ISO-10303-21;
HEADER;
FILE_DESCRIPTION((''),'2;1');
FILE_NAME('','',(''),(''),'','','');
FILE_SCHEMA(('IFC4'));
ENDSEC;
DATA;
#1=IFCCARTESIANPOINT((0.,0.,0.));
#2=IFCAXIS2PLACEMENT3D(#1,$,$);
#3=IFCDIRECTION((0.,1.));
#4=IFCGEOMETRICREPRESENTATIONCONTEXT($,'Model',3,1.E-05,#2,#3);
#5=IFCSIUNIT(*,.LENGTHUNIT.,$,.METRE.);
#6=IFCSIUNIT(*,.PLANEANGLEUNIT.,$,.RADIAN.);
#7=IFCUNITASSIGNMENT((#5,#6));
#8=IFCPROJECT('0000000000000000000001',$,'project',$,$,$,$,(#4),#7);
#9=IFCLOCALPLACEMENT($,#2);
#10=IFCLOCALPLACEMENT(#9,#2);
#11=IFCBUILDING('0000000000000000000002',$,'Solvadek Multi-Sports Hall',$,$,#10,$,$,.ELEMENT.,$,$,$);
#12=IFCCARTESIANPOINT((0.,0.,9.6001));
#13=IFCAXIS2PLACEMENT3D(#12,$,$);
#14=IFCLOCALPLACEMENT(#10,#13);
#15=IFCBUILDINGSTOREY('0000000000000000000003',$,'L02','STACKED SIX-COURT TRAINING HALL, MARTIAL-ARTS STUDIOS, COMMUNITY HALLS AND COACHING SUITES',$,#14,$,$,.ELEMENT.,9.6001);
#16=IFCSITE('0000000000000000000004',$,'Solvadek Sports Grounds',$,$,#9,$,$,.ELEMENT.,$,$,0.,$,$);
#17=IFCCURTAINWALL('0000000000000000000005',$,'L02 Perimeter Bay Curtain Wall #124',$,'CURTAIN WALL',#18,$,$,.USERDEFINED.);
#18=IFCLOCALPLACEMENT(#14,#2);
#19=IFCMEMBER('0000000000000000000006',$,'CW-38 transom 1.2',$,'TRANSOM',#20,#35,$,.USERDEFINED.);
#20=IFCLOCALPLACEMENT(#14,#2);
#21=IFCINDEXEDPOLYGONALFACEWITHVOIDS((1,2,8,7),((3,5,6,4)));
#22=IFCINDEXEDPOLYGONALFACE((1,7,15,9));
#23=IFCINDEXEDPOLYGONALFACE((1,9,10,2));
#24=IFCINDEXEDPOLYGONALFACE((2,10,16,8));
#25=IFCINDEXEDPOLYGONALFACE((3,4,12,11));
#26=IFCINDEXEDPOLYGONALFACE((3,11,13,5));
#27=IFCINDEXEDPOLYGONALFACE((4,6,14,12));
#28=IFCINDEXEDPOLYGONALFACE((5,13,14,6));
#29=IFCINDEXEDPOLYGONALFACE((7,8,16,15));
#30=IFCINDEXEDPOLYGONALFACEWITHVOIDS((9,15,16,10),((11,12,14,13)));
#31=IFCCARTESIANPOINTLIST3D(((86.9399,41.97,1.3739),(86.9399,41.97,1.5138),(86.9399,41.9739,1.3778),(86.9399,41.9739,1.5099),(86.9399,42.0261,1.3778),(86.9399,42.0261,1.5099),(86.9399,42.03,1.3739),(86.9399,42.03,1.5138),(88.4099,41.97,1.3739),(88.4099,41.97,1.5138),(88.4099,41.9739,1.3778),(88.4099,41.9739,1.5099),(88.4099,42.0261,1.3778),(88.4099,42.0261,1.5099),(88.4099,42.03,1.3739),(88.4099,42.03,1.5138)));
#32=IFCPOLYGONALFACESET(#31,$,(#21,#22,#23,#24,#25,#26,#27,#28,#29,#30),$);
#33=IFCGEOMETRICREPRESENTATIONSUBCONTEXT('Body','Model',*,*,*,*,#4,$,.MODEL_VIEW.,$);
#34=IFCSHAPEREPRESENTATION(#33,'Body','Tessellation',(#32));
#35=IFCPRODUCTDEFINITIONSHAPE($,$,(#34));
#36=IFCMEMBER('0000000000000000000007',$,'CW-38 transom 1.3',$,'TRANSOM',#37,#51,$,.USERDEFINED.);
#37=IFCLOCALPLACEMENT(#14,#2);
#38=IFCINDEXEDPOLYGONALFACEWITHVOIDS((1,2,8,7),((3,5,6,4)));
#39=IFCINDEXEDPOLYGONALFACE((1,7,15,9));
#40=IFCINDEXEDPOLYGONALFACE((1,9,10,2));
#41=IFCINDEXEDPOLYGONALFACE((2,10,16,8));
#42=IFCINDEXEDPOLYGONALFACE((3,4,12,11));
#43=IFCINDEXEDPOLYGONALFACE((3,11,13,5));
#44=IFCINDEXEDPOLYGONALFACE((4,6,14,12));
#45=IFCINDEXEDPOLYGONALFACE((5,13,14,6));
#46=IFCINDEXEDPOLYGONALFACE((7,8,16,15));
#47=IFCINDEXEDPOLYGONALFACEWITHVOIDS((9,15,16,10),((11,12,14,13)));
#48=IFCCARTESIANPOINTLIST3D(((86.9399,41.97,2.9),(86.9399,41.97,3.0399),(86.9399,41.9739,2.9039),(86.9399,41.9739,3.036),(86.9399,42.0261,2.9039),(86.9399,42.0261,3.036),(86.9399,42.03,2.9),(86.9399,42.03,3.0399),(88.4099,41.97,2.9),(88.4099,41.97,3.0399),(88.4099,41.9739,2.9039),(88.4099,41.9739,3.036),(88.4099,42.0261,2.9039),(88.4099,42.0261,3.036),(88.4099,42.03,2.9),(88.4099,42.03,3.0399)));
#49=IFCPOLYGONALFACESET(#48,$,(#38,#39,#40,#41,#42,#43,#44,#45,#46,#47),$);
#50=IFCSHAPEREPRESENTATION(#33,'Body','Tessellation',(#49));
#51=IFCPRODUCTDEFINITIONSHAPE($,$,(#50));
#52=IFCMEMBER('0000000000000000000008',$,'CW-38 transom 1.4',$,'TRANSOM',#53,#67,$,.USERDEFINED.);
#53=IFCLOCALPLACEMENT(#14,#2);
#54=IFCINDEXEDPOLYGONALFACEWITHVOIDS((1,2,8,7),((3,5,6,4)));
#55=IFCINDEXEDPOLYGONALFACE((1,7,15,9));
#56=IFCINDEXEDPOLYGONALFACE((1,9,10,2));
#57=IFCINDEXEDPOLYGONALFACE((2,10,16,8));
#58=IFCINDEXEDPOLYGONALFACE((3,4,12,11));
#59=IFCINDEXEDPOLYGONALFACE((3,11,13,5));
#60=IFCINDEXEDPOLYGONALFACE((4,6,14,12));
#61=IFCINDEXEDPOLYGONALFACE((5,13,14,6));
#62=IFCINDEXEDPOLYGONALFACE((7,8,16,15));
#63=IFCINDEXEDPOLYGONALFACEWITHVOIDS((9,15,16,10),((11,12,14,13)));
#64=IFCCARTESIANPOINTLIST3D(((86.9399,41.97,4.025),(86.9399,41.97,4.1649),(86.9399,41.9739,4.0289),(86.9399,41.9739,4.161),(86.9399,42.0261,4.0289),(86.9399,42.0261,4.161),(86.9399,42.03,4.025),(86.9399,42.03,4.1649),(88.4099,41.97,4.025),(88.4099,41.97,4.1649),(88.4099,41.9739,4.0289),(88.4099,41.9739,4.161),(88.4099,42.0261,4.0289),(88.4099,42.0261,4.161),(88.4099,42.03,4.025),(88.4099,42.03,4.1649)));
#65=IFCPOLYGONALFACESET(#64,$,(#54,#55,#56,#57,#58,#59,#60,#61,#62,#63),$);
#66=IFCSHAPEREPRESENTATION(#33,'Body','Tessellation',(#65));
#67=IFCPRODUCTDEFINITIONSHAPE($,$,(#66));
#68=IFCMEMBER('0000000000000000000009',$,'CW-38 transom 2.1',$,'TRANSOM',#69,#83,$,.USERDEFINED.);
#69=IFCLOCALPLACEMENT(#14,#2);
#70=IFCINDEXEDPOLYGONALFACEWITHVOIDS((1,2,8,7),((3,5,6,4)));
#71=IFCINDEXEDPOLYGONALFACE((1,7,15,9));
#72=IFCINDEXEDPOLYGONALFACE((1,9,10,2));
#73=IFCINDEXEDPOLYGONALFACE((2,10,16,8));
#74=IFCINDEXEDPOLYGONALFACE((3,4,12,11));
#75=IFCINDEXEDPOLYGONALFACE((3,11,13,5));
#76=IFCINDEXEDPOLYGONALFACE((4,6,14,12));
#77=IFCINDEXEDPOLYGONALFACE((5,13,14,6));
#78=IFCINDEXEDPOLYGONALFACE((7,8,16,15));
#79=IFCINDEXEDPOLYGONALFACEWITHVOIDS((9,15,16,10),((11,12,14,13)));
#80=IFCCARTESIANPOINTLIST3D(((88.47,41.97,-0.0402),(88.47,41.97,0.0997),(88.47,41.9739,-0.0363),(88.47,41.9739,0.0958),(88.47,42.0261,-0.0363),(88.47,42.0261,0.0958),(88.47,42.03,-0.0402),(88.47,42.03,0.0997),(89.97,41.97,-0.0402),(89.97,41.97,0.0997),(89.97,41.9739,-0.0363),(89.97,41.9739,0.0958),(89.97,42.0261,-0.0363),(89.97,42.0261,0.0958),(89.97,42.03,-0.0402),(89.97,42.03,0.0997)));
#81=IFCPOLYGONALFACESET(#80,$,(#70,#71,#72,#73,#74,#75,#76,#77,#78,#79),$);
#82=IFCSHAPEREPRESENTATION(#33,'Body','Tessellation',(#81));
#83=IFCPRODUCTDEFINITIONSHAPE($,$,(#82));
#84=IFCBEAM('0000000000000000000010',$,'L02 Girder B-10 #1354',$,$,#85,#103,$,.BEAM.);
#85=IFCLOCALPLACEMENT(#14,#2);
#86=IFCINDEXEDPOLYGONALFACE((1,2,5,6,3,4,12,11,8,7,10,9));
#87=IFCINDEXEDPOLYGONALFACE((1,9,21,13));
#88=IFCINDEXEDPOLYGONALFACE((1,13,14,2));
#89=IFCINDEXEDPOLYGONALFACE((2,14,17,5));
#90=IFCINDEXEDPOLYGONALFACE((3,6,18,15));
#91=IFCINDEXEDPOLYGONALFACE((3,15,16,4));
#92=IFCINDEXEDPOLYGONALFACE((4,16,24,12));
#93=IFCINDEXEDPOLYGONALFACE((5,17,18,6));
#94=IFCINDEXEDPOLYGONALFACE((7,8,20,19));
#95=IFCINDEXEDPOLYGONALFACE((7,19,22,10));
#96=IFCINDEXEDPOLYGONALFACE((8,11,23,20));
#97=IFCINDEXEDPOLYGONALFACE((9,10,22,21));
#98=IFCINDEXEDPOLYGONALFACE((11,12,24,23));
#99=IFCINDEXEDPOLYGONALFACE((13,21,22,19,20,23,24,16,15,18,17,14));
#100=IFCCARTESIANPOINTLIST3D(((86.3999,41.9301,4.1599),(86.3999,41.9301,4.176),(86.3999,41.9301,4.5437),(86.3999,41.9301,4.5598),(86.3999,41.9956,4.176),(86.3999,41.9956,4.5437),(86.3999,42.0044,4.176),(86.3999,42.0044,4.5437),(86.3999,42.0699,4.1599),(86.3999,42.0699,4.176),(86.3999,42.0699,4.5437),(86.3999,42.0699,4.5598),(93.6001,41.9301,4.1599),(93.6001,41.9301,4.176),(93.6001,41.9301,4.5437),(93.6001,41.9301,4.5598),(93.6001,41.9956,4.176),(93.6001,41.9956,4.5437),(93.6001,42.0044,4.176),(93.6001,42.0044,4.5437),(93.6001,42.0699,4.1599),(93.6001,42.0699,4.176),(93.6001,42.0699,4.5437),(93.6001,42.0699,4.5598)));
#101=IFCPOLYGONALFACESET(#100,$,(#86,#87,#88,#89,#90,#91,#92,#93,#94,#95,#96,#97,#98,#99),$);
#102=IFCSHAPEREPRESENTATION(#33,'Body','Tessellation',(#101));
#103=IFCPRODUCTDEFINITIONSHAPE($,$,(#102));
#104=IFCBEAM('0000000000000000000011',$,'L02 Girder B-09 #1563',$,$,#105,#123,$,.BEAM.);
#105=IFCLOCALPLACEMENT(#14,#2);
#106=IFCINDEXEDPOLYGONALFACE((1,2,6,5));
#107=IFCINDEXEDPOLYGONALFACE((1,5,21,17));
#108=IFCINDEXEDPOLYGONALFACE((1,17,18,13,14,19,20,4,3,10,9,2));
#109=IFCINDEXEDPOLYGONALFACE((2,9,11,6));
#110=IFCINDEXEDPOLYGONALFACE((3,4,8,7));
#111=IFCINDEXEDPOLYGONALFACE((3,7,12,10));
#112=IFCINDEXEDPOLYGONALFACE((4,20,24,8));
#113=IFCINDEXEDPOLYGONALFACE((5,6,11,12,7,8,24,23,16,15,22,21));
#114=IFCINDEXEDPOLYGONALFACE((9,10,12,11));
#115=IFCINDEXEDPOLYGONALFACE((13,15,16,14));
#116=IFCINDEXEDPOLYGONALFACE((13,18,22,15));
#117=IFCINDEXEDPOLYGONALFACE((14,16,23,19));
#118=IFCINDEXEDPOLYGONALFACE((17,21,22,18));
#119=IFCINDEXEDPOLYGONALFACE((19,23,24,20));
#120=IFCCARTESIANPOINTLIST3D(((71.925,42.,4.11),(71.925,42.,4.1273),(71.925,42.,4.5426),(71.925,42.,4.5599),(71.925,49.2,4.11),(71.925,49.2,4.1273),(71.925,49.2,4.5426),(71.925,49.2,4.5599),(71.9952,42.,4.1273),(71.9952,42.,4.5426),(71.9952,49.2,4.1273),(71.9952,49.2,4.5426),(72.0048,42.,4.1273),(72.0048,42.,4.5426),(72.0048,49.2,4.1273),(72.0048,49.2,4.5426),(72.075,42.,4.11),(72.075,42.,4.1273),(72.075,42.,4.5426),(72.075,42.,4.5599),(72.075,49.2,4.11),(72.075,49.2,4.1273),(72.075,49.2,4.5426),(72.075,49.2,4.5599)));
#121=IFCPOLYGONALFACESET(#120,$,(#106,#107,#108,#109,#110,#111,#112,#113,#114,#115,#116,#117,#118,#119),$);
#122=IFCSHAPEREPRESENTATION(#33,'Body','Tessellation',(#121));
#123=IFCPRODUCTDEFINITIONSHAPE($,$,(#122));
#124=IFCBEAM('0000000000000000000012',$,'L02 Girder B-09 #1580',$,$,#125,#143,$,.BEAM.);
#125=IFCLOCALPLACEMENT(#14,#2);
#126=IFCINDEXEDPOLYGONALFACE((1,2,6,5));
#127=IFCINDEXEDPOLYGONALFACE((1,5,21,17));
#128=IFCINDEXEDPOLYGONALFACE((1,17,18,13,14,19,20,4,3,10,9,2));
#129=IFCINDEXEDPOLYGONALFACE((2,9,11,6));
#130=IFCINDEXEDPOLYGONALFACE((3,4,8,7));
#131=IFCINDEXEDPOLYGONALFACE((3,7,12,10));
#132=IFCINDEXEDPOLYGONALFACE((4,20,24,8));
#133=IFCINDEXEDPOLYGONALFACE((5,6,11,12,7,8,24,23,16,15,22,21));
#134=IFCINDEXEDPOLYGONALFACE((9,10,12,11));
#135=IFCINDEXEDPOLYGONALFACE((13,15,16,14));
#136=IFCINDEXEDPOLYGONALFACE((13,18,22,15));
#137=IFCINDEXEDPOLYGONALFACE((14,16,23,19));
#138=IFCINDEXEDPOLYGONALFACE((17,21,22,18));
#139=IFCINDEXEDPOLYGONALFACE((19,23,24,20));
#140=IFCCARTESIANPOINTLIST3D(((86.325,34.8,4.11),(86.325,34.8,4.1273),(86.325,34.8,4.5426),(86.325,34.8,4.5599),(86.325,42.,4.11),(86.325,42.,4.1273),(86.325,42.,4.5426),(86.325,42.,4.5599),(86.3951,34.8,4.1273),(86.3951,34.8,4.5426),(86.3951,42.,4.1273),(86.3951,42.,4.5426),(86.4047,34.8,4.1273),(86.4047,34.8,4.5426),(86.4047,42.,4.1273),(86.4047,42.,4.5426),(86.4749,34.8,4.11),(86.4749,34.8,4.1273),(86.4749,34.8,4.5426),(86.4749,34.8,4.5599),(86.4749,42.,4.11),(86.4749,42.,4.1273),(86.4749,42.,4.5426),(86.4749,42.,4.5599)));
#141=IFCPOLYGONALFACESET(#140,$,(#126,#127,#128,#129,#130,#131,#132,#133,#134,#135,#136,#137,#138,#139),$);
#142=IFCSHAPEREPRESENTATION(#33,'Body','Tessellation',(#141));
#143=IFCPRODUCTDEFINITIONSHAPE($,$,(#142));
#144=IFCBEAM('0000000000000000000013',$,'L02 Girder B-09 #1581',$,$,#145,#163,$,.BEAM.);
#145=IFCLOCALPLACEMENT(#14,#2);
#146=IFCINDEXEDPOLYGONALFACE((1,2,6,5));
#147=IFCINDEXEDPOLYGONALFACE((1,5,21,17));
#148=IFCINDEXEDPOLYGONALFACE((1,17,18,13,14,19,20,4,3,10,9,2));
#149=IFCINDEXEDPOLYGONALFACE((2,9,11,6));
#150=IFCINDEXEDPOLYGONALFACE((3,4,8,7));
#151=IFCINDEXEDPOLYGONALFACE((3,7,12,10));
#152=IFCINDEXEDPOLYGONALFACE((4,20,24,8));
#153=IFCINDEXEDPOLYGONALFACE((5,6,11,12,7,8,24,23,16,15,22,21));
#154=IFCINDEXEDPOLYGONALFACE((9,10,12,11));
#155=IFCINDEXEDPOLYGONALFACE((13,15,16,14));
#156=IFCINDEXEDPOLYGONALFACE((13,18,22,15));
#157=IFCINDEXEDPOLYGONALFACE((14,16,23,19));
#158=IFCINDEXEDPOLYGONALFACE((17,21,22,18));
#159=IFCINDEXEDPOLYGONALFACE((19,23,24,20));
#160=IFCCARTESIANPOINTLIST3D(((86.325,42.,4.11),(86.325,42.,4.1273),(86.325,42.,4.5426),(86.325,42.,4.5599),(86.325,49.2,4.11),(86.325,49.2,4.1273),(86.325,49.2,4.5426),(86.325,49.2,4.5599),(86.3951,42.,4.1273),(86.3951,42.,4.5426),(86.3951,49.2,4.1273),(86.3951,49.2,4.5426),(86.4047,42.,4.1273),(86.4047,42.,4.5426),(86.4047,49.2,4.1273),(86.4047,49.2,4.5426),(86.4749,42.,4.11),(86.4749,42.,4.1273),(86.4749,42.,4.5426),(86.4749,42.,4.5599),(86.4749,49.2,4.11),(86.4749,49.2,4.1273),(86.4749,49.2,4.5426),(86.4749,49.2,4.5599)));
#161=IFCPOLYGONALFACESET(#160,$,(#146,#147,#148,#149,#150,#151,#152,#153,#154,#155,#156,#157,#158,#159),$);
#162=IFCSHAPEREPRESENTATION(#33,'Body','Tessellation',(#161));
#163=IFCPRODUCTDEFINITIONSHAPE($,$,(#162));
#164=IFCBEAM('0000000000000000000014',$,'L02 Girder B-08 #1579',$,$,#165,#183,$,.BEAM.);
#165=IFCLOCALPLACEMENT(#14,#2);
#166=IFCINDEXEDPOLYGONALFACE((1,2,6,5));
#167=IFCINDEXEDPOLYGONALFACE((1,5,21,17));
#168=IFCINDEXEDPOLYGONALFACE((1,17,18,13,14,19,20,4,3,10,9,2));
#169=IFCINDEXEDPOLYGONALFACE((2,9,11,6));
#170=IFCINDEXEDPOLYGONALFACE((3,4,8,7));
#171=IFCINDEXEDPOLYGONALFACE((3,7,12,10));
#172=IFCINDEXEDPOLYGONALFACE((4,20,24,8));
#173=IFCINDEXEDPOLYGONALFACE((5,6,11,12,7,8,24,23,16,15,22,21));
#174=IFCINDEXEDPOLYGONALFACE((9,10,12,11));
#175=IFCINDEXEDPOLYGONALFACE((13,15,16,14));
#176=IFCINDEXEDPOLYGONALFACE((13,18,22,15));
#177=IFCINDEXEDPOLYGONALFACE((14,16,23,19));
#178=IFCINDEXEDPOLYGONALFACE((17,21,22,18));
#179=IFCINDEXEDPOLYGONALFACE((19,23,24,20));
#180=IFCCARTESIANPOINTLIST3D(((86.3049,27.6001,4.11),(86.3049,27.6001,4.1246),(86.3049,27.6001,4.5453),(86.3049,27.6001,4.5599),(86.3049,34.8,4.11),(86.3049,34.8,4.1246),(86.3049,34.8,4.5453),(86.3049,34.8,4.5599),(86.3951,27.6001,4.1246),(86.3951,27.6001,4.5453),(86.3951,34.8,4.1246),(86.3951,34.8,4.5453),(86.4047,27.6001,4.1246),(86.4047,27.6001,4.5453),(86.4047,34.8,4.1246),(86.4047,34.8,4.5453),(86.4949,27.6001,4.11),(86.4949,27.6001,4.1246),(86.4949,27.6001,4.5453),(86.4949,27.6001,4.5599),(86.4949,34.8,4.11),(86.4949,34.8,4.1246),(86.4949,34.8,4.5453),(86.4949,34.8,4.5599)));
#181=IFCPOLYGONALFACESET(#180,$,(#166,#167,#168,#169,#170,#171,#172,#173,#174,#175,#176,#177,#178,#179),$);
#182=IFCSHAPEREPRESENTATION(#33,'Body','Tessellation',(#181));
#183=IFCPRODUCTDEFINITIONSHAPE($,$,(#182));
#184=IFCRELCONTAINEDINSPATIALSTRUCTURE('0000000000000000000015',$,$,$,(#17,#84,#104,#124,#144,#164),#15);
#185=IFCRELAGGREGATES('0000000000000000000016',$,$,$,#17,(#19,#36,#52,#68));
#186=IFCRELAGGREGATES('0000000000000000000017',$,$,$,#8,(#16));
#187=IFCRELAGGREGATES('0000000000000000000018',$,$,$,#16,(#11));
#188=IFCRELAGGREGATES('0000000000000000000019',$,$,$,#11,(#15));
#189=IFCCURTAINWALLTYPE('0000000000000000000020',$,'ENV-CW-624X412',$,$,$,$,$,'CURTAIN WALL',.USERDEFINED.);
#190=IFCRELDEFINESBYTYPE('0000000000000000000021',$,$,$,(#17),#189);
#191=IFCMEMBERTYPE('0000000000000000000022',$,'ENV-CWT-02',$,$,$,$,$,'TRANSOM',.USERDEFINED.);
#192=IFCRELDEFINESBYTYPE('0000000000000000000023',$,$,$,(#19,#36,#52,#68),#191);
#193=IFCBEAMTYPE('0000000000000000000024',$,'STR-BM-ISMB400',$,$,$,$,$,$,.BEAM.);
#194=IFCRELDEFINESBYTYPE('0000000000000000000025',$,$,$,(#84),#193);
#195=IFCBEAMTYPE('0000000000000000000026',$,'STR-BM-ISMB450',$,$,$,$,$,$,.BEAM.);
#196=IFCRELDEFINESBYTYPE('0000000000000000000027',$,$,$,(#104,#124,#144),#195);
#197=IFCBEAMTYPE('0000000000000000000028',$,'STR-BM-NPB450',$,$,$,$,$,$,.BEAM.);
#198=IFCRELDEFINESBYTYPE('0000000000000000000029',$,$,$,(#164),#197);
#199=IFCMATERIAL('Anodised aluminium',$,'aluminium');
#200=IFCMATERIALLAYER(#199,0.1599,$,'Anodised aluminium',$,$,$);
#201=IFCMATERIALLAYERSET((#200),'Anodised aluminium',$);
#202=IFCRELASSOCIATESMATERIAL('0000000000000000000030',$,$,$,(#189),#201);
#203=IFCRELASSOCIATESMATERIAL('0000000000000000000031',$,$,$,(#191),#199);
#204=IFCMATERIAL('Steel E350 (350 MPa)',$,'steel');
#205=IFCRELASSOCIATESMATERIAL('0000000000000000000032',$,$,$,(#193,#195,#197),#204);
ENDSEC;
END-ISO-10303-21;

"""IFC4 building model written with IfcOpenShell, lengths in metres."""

from ifc_helpers import new_model, si_unit, direction, frame, origin, origin_2d, place, context, subcontext, project, spatial, hollow_rectangle, i_section, extrude, material, layer, layer_set, material_profile, profile_set, type_object, element, aggregate, save


model = new_model("IFC4")

# Units and contexts
model_context = context("Model", 3, precision=1e-05, world=origin(), true_north=direction((0.0, 1.0)))
body_context = subcontext(model_context, "Body", "Model", "MODEL_VIEW")
ifc_project = project(units=[si_unit("LENGTHUNIT", "METRE"), si_unit("PLANEANGLEUNIT", "RADIAN")], contexts=[model_context])

# Site, building, storey
site_placement = place(None, origin())
site = spatial("IfcSite", under=ifc_project, at=site_placement, Name="Solvadek Sports Grounds", CompositionType="ELEMENT", RefElevation=0.0)
building_placement = place(site_placement, origin())
building = spatial("IfcBuilding", under=site, at=building_placement, Name="Solvadek Multi-Sports Hall", CompositionType="ELEMENT")
storey_placement = place(building_placement, frame((0.0, 0.0, 9.6001)))
storey = spatial("IfcBuildingStorey", under=building, at=storey_placement, Name="L02", Description="STACKED SIX-COURT TRAINING HALL, MARTIAL-ARTS STUDIOS, COMMUNITY HALLS AND COACHING SUITES", CompositionType="ELEMENT", Elevation=9.6001)

# Shared definitions
ifc_material_1 = material(Name="Steel E350 (350 MPa)", Category="steel")

# Curtain wall, members
ifc_material_2 = material(Name="Anodised aluminium", Category="aluminium")
ifc_layer_1 = layer(ifc_material_2, 0.1599, Name="Anodised aluminium")
ifc_layer_set_1 = layer_set([ifc_layer_1], Name="Anodised aluminium")
curtain_wall_type = type_object("IfcCurtainWallType", Name="ENV-CW-624X412", ElementType="CURTAIN WALL", PredefinedType="USERDEFINED", material=ifc_layer_set_1)
curtain_wall_placement = place(storey_placement, origin())
curtain_wall = element("IfcCurtainWall", 1, at=curtain_wall_placement, inside=storey, type_object=curtain_wall_type, Name="L02 Perimeter Bay Curtain Wall #124", ObjectType="CURTAIN WALL", PredefinedType="USERDEFINED")
ifc_material_profile_1 = material_profile(ifc_material_2, hollow_rectangle(XDim=0.0601, YDim=0.1399, WallThickness=0.0039, at=origin_2d()), Name="ALU-T 140x60x4")
ifc_profile_set_1 = profile_set([ifc_material_profile_1], Name="Anodised aluminium")
member_type_1 = type_object("IfcMemberType", Name="ENV-CWT-02", ElementType="TRANSOM", PredefinedType="USERDEFINED", material=ifc_profile_set_1)
member_1_placement = place(storey_placement, frame((86.9399, 42.0, 1.4438), z_axis=(1.0, 0.0, 0.0), x_axis=(0.0, 1.0, 0.0)))
member_1 = element("IfcMember", 2, at=member_1_placement, type_object=member_type_1, Name="CW-38 transom 1.2", ObjectType="TRANSOM", PredefinedType="USERDEFINED", context=body_context, shape_type="SweptSolid", body=[
    extrude(hollow_rectangle(XDim=0.0601, YDim=0.1399, WallThickness=0.0039, at=origin_2d()), origin(), (0.0, 0.0, 1.0), 1.47),
])
member_2_placement = place(storey_placement, frame((86.9399, 42.0, 2.97), z_axis=(1.0, 0.0, 0.0), x_axis=(0.0, 1.0, 0.0)))
member_2 = element("IfcMember", 3, at=member_2_placement, type_object=member_type_1, Name="CW-38 transom 1.3", ObjectType="TRANSOM", PredefinedType="USERDEFINED", context=body_context, shape_type="SweptSolid", body=[
    extrude(hollow_rectangle(XDim=0.0601, YDim=0.1399, WallThickness=0.0039, at=origin_2d()), origin(), (0.0, 0.0, 1.0), 1.47),
])
member_3_placement = place(storey_placement, frame((86.9399, 42.0, 4.095), z_axis=(1.0, 0.0, 0.0), x_axis=(0.0, 1.0, 0.0)))
member_3 = element("IfcMember", 4, at=member_3_placement, type_object=member_type_1, Name="CW-38 transom 1.4", ObjectType="TRANSOM", PredefinedType="USERDEFINED", context=body_context, shape_type="SweptSolid", body=[
    extrude(hollow_rectangle(XDim=0.0601, YDim=0.1399, WallThickness=0.0039, at=origin_2d()), origin(), (0.0, 0.0, 1.0), 1.47),
])
member_4_placement = place(storey_placement, frame((88.47, 42.0, 0.0298), z_axis=(1.0, 0.0, 0.0), x_axis=(0.0, 1.0, 0.0)))
member_4 = element("IfcMember", 5, at=member_4_placement, type_object=member_type_1, Name="CW-38 transom 2.1", ObjectType="TRANSOM", PredefinedType="USERDEFINED", context=body_context, shape_type="SweptSolid", body=[
    extrude(hollow_rectangle(XDim=0.0601, YDim=0.1399, WallThickness=0.0039, at=origin_2d()), origin(), (0.0, 0.0, 1.0), 1.5),
])

# Beams
ifc_material_profile_2 = material_profile(ifc_material_1, i_section(OverallWidth=0.1399, OverallDepth=0.3999, WebThickness=0.0088, FlangeThickness=0.0161, at=origin_2d()), Name="ISMB 400")
ifc_profile_set_2 = profile_set([ifc_material_profile_2], Name="Steel E350 (350 MPa)")
beam_type_1 = type_object("IfcBeamType", Name="STR-BM-ISMB400", PredefinedType="BEAM", material=ifc_profile_set_2)
beam_1_placement = place(storey_placement, frame((86.3999, 42.0, 4.3599), z_axis=(1.0, 0.0, 0.0), x_axis=(0.0, 1.0, 0.0)))
element("IfcBeam", 6, at=beam_1_placement, inside=storey, type_object=beam_type_1, Name="L02 Girder B-10 #1354", PredefinedType="BEAM", context=body_context, shape_type="SweptSolid", body=[
    extrude(i_section(OverallWidth=0.1399, OverallDepth=0.3999, WebThickness=0.0088, FlangeThickness=0.0161, at=origin_2d()), origin(), (0.0, 0.0, 1.0), 7.2002),
])
ifc_material_profile_3 = material_profile(ifc_material_1, i_section(OverallWidth=0.1499, OverallDepth=0.45, WebThickness=0.0095, FlangeThickness=0.0173, at=origin_2d()), Name="ISMB 450")
ifc_profile_set_3 = profile_set([ifc_material_profile_3], Name="Steel E350 (350 MPa)")
beam_type_2 = type_object("IfcBeamType", Name="STR-BM-ISMB450", PredefinedType="BEAM", material=ifc_profile_set_3)
for number, where, z_axis, x_axis, name in (
    (7, (72.0, 42.0, 4.335), (0.0, 1.0, 0.0), (-1.0, 0.0, 0.0), "L02 Girder B-09 #1563"),
    (8, (86.3999, 34.8, 4.335), (0.0, 1.0, 0.0), (-1.0, 0.0, 0.0), "L02 Girder B-09 #1580"),
    (9, (86.3999, 42.0, 4.335), (0.0, 1.0, 0.0), (-1.0, 0.0, 0.0), "L02 Girder B-09 #1581"),
):
    element("IfcBeam", number, at=place(storey_placement, frame(where, z_axis=z_axis, x_axis=x_axis)), inside=storey, type_object=beam_type_2, Name=name, PredefinedType="BEAM", context=body_context, shape_type="SweptSolid", body=[
        extrude(i_section(OverallWidth=0.1499, OverallDepth=0.45, WebThickness=0.0095, FlangeThickness=0.0173, at=origin_2d()), origin(), (0.0, 0.0, 1.0), 7.2),
    ])
ifc_material_profile_4 = material_profile(ifc_material_1, i_section(OverallWidth=0.1899, OverallDepth=0.45, WebThickness=0.0095, FlangeThickness=0.0146, at=origin_2d()), Name="NPB 450")
ifc_profile_set_4 = profile_set([ifc_material_profile_4], Name="Steel E350 (350 MPa)")
beam_type_3 = type_object("IfcBeamType", Name="STR-BM-NPB450", PredefinedType="BEAM", material=ifc_profile_set_4)
beam_2_placement = place(storey_placement, frame((86.3999, 27.6001, 4.335), z_axis=(0.0, 1.0, 0.0), x_axis=(-1.0, 0.0, 0.0)))
element("IfcBeam", 10, at=beam_2_placement, inside=storey, type_object=beam_type_3, Name="L02 Girder B-08 #1579", PredefinedType="BEAM", context=body_context, shape_type="SweptSolid", body=[
    extrude(i_section(OverallWidth=0.1899, OverallDepth=0.45, WebThickness=0.0095, FlangeThickness=0.0146, at=origin_2d()), origin(), (0.0, 0.0, 1.0), 7.2),
])

aggregate(curtain_wall, [member_1, member_2, member_3, member_4])

save(model, "model.ifc")
